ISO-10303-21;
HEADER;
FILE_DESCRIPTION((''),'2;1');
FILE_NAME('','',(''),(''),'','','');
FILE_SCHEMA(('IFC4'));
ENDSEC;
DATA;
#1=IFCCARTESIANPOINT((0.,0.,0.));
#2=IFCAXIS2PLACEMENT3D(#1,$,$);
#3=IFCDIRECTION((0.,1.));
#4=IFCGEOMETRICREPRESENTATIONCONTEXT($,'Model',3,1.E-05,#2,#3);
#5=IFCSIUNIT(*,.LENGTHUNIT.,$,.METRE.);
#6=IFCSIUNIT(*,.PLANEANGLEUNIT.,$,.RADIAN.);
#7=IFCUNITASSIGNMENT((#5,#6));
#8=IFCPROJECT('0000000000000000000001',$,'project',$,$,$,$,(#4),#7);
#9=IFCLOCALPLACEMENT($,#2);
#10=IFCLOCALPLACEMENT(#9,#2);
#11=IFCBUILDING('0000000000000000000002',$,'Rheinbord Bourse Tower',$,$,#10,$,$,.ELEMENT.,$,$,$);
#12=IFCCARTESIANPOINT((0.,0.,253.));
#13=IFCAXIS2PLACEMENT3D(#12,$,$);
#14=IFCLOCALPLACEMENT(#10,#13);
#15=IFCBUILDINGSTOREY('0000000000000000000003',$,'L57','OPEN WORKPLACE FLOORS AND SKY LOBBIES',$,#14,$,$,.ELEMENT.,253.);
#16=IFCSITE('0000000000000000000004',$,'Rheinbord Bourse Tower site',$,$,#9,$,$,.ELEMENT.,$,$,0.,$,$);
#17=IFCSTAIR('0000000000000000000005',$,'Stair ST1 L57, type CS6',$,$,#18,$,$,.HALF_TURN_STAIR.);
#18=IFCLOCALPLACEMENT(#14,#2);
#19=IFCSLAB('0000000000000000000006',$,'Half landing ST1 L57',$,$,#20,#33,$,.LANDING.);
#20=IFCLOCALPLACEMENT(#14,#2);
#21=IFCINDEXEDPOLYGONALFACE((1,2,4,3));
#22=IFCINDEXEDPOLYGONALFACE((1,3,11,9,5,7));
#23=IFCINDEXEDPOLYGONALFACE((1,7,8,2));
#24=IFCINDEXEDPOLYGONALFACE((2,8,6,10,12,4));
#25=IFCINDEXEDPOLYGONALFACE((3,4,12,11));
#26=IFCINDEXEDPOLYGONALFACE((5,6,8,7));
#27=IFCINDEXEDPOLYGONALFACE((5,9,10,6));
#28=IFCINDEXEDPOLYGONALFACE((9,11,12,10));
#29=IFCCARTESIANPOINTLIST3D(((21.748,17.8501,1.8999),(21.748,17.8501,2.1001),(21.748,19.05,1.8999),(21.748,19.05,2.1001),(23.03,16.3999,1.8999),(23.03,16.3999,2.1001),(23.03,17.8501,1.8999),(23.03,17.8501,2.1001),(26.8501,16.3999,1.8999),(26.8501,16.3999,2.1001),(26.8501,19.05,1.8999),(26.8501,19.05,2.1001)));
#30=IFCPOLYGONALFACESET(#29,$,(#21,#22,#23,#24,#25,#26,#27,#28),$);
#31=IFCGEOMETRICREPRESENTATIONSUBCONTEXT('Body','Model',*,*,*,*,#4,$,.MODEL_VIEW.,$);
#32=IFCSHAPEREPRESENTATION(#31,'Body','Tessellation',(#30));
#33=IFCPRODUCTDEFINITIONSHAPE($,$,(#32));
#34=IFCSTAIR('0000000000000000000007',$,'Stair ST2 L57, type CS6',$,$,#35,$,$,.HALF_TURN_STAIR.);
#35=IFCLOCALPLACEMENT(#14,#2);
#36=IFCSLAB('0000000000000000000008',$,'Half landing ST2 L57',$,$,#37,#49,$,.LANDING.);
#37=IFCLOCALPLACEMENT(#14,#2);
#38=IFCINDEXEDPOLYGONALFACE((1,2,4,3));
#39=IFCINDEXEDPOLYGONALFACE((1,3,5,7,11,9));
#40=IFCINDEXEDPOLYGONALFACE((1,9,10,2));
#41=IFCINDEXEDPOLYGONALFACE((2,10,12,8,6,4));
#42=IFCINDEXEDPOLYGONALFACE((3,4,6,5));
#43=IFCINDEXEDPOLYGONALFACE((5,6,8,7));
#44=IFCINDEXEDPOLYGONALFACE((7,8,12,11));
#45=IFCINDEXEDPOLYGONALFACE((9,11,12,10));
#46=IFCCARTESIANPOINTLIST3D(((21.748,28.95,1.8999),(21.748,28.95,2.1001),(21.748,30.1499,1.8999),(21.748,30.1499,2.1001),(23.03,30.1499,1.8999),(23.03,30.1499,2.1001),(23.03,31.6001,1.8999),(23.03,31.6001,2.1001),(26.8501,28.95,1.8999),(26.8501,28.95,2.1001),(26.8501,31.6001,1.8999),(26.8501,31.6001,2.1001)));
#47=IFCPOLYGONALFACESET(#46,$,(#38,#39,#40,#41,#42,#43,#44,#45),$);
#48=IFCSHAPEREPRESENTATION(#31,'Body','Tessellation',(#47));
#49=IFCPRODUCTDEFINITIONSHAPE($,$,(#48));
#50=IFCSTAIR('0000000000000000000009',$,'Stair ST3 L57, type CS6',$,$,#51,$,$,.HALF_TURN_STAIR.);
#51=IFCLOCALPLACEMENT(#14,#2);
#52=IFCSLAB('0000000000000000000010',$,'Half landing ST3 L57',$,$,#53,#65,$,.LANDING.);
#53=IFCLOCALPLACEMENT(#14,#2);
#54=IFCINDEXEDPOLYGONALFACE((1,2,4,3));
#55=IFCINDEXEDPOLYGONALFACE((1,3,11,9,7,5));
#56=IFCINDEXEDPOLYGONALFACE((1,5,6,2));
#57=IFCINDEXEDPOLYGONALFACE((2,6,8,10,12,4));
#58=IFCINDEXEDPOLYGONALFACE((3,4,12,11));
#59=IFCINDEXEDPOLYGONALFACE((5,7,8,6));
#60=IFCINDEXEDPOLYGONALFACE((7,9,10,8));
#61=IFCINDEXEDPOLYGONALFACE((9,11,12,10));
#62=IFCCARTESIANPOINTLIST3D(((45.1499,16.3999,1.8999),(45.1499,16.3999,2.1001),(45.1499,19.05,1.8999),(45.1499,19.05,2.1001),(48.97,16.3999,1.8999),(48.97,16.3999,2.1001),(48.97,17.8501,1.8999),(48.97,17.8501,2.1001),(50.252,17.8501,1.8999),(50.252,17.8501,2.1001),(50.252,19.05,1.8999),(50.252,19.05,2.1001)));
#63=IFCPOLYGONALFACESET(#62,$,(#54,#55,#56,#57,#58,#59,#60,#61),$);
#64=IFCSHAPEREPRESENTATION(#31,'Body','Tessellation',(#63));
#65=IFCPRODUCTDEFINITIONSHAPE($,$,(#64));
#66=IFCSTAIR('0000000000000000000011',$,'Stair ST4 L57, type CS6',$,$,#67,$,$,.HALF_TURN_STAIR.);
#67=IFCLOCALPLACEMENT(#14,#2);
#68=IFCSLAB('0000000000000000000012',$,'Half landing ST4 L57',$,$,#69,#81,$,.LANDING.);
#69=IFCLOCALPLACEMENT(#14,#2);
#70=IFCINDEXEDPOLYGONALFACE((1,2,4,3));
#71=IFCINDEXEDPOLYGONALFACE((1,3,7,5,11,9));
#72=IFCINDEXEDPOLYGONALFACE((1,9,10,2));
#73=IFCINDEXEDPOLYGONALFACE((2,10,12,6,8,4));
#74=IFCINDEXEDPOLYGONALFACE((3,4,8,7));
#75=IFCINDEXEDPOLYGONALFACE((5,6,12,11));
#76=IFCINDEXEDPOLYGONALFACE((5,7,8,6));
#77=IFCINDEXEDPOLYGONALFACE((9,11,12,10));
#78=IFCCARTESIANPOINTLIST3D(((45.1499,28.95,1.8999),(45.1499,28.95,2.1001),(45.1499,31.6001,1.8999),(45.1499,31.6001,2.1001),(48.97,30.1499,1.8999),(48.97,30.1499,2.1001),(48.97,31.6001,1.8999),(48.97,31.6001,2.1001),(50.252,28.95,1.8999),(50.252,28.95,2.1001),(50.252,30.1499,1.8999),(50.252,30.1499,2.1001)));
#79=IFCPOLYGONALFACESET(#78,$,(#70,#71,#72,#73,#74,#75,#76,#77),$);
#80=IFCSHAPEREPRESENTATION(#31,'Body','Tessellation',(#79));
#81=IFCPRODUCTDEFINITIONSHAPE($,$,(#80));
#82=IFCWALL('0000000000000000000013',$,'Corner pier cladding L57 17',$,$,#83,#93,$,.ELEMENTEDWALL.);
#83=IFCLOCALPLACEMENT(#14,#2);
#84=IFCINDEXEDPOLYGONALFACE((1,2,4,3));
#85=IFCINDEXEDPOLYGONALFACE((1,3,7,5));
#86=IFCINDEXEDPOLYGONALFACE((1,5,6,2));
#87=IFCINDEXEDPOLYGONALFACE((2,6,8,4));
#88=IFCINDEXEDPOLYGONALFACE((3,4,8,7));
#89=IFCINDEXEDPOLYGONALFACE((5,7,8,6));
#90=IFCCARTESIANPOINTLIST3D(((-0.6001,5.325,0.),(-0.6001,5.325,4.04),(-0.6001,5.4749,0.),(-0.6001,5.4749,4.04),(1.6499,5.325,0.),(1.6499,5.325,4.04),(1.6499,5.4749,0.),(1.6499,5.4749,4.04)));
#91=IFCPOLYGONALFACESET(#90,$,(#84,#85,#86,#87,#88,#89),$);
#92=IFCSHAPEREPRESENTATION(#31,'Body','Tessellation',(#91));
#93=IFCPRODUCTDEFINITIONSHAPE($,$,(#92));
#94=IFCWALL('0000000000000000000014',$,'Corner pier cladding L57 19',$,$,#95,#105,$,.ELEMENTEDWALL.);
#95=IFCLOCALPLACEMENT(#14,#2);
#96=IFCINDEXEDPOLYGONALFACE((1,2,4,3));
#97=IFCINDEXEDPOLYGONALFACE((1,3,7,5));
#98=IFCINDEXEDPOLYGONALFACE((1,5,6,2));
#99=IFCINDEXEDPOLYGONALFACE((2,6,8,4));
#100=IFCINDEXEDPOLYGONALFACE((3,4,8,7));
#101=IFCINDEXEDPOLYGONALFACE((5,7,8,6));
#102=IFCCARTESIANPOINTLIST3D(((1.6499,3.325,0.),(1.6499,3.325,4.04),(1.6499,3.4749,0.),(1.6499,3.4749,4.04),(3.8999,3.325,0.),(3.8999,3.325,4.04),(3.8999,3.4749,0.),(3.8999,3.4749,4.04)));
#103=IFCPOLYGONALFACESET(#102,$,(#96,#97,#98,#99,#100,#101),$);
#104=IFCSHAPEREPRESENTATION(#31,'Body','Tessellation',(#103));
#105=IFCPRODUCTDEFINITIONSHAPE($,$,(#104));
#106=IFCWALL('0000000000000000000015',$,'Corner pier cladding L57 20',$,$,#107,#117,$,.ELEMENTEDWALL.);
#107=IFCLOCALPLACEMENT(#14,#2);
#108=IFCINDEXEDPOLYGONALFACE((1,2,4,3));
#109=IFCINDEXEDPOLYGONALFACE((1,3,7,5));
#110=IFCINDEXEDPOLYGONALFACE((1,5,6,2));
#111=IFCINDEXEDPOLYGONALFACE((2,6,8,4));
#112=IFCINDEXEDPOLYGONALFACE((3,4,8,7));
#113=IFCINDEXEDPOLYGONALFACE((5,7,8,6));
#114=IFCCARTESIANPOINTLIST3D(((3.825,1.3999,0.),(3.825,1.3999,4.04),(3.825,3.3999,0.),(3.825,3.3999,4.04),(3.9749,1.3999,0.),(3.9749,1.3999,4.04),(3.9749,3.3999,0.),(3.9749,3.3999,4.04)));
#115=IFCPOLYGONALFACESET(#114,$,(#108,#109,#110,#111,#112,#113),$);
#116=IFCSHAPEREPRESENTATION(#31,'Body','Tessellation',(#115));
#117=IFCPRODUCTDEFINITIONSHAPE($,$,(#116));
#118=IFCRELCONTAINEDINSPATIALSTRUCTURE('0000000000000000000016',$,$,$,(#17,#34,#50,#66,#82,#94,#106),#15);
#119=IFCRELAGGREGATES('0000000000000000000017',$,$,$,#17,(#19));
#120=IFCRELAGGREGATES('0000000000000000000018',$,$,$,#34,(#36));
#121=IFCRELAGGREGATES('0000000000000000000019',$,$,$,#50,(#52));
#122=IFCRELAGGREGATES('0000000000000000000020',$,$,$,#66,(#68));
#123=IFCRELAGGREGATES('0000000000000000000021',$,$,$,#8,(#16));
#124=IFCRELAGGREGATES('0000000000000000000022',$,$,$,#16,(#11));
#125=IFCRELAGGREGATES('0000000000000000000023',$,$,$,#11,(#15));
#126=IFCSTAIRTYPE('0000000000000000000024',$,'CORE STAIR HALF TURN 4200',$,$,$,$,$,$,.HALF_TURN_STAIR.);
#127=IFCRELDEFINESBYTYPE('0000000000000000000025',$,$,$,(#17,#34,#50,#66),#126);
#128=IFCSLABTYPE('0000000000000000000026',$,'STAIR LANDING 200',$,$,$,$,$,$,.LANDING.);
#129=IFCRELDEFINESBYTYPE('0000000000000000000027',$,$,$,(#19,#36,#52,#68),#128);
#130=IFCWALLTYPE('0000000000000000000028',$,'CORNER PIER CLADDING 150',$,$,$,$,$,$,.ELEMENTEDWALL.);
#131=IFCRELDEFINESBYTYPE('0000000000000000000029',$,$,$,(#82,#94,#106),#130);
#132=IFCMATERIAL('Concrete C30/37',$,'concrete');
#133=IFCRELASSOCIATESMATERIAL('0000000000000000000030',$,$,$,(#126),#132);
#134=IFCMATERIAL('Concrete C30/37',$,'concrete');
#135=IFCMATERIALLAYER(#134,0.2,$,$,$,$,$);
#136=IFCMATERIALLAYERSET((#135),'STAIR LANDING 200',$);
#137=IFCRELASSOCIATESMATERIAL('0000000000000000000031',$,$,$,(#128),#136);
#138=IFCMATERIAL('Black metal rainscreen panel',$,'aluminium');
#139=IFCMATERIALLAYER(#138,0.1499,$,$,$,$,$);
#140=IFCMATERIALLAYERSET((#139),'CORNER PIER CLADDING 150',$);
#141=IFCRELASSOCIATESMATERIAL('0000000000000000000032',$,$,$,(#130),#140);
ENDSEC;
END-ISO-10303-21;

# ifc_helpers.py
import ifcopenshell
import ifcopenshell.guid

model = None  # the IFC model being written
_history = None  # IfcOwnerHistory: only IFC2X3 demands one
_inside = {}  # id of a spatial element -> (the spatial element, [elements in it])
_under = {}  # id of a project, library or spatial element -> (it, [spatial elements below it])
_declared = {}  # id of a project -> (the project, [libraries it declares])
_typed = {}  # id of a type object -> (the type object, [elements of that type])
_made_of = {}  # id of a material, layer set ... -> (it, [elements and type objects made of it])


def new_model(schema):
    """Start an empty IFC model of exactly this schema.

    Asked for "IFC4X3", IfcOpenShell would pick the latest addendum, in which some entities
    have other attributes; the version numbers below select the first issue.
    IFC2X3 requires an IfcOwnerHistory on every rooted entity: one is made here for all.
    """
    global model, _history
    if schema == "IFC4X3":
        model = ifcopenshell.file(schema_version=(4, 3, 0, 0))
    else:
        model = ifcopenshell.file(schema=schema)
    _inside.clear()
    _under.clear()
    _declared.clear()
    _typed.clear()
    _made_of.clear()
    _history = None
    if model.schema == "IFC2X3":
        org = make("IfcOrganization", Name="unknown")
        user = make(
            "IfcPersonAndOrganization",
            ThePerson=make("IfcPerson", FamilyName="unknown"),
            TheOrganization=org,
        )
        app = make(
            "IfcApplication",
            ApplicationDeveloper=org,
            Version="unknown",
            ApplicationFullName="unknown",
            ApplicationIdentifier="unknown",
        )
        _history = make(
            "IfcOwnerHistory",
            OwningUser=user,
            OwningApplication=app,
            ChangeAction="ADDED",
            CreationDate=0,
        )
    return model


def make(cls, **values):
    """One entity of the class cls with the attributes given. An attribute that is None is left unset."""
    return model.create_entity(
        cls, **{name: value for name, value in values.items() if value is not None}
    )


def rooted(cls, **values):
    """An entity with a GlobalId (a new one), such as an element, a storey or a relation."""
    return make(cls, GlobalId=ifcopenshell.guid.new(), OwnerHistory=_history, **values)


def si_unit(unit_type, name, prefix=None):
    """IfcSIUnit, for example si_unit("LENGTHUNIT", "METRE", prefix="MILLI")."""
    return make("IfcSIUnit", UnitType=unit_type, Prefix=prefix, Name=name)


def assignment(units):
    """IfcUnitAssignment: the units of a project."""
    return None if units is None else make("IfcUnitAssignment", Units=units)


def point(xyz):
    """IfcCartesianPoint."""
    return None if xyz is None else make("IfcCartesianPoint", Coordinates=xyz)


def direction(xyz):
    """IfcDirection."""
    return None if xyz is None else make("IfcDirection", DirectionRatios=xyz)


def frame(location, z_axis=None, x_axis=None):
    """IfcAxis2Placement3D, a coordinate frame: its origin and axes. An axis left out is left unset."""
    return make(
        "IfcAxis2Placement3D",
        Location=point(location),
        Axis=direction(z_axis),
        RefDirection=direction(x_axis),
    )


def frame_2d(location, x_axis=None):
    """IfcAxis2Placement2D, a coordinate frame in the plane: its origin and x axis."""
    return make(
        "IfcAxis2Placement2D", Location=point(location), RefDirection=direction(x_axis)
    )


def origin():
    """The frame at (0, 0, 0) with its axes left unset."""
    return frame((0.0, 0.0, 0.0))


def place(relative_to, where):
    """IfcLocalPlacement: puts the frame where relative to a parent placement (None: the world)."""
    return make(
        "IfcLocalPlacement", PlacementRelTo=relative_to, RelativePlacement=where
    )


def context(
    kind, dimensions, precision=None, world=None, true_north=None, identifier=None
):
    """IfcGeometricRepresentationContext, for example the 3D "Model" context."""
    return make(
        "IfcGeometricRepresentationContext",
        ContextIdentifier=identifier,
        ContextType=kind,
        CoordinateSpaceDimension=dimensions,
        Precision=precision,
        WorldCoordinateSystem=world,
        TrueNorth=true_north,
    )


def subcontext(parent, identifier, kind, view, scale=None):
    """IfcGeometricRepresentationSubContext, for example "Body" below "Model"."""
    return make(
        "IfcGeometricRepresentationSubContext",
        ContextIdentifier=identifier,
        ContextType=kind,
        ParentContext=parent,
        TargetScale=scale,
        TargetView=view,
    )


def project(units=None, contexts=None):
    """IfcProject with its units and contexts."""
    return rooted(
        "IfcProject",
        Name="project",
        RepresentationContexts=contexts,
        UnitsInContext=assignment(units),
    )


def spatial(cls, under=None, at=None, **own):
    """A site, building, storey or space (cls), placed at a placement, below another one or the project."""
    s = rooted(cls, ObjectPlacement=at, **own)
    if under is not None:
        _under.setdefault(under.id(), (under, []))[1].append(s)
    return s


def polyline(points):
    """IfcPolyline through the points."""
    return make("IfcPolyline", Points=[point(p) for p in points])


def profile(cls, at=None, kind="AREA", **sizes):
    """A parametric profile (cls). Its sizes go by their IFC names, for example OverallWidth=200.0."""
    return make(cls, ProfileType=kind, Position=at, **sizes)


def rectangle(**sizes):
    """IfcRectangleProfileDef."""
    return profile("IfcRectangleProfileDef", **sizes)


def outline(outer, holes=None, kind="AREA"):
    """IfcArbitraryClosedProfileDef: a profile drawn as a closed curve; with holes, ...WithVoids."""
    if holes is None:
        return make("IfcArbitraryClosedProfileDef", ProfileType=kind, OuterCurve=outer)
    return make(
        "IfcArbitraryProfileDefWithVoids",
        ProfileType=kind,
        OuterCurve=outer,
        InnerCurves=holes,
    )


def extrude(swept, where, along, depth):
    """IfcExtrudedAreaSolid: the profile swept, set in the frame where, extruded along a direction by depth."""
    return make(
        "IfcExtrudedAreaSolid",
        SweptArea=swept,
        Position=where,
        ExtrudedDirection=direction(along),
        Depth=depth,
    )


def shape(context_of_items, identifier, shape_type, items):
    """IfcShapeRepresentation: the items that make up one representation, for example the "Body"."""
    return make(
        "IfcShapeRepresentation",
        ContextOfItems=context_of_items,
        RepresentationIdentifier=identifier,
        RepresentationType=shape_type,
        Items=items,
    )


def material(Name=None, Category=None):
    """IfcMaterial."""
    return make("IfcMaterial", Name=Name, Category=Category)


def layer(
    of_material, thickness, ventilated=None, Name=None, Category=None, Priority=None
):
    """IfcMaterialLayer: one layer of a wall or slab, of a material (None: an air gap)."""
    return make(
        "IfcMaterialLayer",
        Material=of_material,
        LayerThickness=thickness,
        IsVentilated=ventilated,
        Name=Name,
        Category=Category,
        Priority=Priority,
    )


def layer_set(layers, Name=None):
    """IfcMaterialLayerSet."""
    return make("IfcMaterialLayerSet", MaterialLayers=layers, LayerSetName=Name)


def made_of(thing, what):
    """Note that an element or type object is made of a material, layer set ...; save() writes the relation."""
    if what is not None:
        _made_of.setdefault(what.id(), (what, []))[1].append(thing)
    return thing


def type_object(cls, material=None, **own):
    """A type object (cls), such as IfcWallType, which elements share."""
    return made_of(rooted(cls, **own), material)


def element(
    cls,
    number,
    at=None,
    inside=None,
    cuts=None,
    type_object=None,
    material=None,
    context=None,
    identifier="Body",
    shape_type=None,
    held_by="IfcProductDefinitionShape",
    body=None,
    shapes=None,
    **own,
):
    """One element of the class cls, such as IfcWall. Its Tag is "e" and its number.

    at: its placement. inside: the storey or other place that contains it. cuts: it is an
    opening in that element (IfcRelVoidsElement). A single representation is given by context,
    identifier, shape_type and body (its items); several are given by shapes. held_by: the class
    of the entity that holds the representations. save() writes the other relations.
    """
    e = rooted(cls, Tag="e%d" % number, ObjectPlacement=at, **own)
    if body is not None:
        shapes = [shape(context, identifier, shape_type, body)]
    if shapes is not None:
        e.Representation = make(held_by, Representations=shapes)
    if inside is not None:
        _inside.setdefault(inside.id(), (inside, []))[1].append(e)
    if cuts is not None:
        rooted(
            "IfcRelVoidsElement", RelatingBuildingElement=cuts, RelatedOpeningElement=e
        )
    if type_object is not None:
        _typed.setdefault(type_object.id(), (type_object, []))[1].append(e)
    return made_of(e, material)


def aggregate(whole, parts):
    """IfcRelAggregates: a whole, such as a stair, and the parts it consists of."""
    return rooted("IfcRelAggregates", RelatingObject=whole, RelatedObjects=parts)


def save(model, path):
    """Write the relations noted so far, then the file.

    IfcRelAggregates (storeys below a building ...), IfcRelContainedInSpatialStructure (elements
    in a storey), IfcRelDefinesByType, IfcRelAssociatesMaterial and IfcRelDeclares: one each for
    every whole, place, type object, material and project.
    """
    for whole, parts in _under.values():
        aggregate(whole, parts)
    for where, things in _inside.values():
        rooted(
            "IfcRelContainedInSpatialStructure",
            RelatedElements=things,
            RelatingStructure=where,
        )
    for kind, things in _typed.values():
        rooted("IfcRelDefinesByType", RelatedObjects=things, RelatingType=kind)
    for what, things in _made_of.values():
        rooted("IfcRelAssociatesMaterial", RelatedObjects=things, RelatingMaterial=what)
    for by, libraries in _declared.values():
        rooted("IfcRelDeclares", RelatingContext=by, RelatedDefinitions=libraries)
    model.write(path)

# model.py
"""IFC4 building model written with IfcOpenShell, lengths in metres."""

from ifc_helpers import new_model, si_unit, direction, frame, frame_2d, origin, place, context, subcontext, project, spatial, polyline, rectangle, outline, extrude, material, layer, layer_set, type_object, element, aggregate, save


model = new_model("IFC4")

# Units and contexts
model_context = context("Model", 3, precision=1e-05, world=origin(), true_north=direction((0.0, 1.0)))
body_context = subcontext(model_context, "Body", "Model", "MODEL_VIEW")
ifc_project = project(units=[si_unit("LENGTHUNIT", "METRE"), si_unit("PLANEANGLEUNIT", "RADIAN")], contexts=[model_context])

# Site, building, storey
site_placement = place(None, origin())
site = spatial("IfcSite", under=ifc_project, at=site_placement, Name="Rheinbord Bourse Tower site", CompositionType="ELEMENT", RefElevation=0.0)
building_placement = place(site_placement, origin())
building = spatial("IfcBuilding", under=site, at=building_placement, Name="Rheinbord Bourse Tower", CompositionType="ELEMENT")
storey_placement = place(building_placement, frame((0.0, 0.0, 253.0)))
storey = spatial("IfcBuildingStorey", under=building, at=storey_placement, Name="L57", Description="OPEN WORKPLACE FLOORS AND SKY LOBBIES", CompositionType="ELEMENT", Elevation=253.0)

# Stairs, slabs
ifc_material_1 = material(Name="Concrete C30/37", Category="concrete")
stair_type = type_object("IfcStairType", Name="CORE STAIR HALF TURN 4200", PredefinedType="HALF_TURN_STAIR", material=ifc_material_1)
stair_1_placement = place(storey_placement, origin())
stair_1 = element("IfcStair", 1, at=stair_1_placement, inside=storey, type_object=stair_type, Name="Stair ST1 L57, type CS6", PredefinedType="HALF_TURN_STAIR")
ifc_material_2 = material(Name="Concrete C30/37", Category="concrete")
ifc_layer_1 = layer(ifc_material_2, 0.2)
ifc_layer_set_1 = layer_set([ifc_layer_1], Name="STAIR LANDING 200")
slab_type_1 = type_object("IfcSlabType", Name="STAIR LANDING 200", PredefinedType="LANDING", material=ifc_layer_set_1)
slab_1_placement = place(storey_placement, frame((0.0, 0.0, 1.8999)))
slab_1 = element("IfcSlab", 2, at=slab_1_placement, type_object=slab_type_1, Name="Half landing ST1 L57", PredefinedType="LANDING", context=body_context, shape_type="SweptSolid", body=[
    extrude(outline(polyline([(23.03, 16.3999), (26.8501, 16.3999), (26.8501, 19.05), (21.748, 19.05), (21.748, 17.8501), (23.03, 17.8501), (23.03, 16.3999)])), origin(), (0.0, 0.0, 1.0), 0.2002),
])
aggregate(stair_1, [slab_1])
stair_2_placement = place(storey_placement, origin())
stair_2 = element("IfcStair", 3, at=stair_2_placement, inside=storey, type_object=stair_type, Name="Stair ST2 L57, type CS6", PredefinedType="HALF_TURN_STAIR")
slab_2_placement = place(storey_placement, frame((0.0, 0.0, 1.8999)))
slab_2 = element("IfcSlab", 4, at=slab_2_placement, type_object=slab_type_1, Name="Half landing ST2 L57", PredefinedType="LANDING", context=body_context, shape_type="SweptSolid", body=[
    extrude(outline(polyline([(21.748, 28.95), (26.8501, 28.95), (26.8501, 31.6001), (23.03, 31.6001), (23.03, 30.1499), (21.748, 30.1499), (21.748, 28.95)])), origin(), (0.0, 0.0, 1.0), 0.2002),
])
aggregate(stair_2, [slab_2])
stair_3_placement = place(storey_placement, origin())
stair_3 = element("IfcStair", 5, at=stair_3_placement, inside=storey, type_object=stair_type, Name="Stair ST3 L57, type CS6", PredefinedType="HALF_TURN_STAIR")
slab_3_placement = place(storey_placement, frame((0.0, 0.0, 1.8999)))
slab_3 = element("IfcSlab", 6, at=slab_3_placement, type_object=slab_type_1, Name="Half landing ST3 L57", PredefinedType="LANDING", context=body_context, shape_type="SweptSolid", body=[
    extrude(outline(polyline([(45.1499, 16.3999), (48.97, 16.3999), (48.97, 17.8501), (50.252, 17.8501), (50.252, 19.05), (45.1499, 19.05), (45.1499, 16.3999)])), origin(), (0.0, 0.0, 1.0), 0.2002),
])
aggregate(stair_3, [slab_3])
stair_4_placement = place(storey_placement, origin())
stair_4 = element("IfcStair", 7, at=stair_4_placement, inside=storey, type_object=stair_type, Name="Stair ST4 L57, type CS6", PredefinedType="HALF_TURN_STAIR")
slab_4_placement = place(storey_placement, frame((0.0, 0.0, 1.8999)))
slab_4 = element("IfcSlab", 8, at=slab_4_placement, type_object=slab_type_1, Name="Half landing ST4 L57", PredefinedType="LANDING", context=body_context, shape_type="SweptSolid", body=[
    extrude(outline(polyline([(45.1499, 28.95), (50.252, 28.95), (50.252, 30.1499), (48.97, 30.1499), (48.97, 31.6001), (45.1499, 31.6001), (45.1499, 28.95)])), origin(), (0.0, 0.0, 1.0), 0.2002),
])
aggregate(stair_4, [slab_4])

# Walls
ifc_material_3 = material(Name="Black metal rainscreen panel", Category="aluminium")
ifc_layer_2 = layer(ifc_material_3, 0.1499)
ifc_layer_set_2 = layer_set([ifc_layer_2], Name="CORNER PIER CLADDING 150")
wall_type = type_object("IfcWallType", Name="CORNER PIER CLADDING 150", PredefinedType="ELEMENTEDWALL", material=ifc_layer_set_2)
for number, where, z_axis, x_axis, name in (
    (9, (-0.6001, 5.3999, 0.0), (0.0, 0.0, 1.0), (1.0, 0.0, 0.0), "Corner pier cladding L57 17"),
    (10, (1.6499, 3.3999, 0.0), (0.0, 0.0, 1.0), (1.0, 0.0, 0.0), "Corner pier cladding L57 19"),
):
    element("IfcWall", number, at=place(storey_placement, frame(where, z_axis=z_axis, x_axis=x_axis)), inside=storey, type_object=wall_type, Name=name, PredefinedType="ELEMENTEDWALL", context=body_context, shape_type="SweptSolid", body=[
        extrude(rectangle(XDim=2.25, YDim=0.1499, at=frame_2d((1.125, 0.0))), origin(), (0.0, 0.0, 1.0), 4.04),
    ])
wall_placement = place(storey_placement, frame((3.8999, 3.3999, 0.0), z_axis=(0.0, 0.0, 1.0), x_axis=(0.0, -1.0, 0.0)))
element("IfcWall", 11, at=wall_placement, inside=storey, type_object=wall_type, Name="Corner pier cladding L57 20", PredefinedType="ELEMENTEDWALL", context=body_context, shape_type="SweptSolid", body=[
    extrude(rectangle(XDim=2.0, YDim=0.1499, at=frame_2d((1.0, 0.0))), origin(), (0.0, 0.0, 1.0), 4.04),
])

save(model, "model.ifc")
